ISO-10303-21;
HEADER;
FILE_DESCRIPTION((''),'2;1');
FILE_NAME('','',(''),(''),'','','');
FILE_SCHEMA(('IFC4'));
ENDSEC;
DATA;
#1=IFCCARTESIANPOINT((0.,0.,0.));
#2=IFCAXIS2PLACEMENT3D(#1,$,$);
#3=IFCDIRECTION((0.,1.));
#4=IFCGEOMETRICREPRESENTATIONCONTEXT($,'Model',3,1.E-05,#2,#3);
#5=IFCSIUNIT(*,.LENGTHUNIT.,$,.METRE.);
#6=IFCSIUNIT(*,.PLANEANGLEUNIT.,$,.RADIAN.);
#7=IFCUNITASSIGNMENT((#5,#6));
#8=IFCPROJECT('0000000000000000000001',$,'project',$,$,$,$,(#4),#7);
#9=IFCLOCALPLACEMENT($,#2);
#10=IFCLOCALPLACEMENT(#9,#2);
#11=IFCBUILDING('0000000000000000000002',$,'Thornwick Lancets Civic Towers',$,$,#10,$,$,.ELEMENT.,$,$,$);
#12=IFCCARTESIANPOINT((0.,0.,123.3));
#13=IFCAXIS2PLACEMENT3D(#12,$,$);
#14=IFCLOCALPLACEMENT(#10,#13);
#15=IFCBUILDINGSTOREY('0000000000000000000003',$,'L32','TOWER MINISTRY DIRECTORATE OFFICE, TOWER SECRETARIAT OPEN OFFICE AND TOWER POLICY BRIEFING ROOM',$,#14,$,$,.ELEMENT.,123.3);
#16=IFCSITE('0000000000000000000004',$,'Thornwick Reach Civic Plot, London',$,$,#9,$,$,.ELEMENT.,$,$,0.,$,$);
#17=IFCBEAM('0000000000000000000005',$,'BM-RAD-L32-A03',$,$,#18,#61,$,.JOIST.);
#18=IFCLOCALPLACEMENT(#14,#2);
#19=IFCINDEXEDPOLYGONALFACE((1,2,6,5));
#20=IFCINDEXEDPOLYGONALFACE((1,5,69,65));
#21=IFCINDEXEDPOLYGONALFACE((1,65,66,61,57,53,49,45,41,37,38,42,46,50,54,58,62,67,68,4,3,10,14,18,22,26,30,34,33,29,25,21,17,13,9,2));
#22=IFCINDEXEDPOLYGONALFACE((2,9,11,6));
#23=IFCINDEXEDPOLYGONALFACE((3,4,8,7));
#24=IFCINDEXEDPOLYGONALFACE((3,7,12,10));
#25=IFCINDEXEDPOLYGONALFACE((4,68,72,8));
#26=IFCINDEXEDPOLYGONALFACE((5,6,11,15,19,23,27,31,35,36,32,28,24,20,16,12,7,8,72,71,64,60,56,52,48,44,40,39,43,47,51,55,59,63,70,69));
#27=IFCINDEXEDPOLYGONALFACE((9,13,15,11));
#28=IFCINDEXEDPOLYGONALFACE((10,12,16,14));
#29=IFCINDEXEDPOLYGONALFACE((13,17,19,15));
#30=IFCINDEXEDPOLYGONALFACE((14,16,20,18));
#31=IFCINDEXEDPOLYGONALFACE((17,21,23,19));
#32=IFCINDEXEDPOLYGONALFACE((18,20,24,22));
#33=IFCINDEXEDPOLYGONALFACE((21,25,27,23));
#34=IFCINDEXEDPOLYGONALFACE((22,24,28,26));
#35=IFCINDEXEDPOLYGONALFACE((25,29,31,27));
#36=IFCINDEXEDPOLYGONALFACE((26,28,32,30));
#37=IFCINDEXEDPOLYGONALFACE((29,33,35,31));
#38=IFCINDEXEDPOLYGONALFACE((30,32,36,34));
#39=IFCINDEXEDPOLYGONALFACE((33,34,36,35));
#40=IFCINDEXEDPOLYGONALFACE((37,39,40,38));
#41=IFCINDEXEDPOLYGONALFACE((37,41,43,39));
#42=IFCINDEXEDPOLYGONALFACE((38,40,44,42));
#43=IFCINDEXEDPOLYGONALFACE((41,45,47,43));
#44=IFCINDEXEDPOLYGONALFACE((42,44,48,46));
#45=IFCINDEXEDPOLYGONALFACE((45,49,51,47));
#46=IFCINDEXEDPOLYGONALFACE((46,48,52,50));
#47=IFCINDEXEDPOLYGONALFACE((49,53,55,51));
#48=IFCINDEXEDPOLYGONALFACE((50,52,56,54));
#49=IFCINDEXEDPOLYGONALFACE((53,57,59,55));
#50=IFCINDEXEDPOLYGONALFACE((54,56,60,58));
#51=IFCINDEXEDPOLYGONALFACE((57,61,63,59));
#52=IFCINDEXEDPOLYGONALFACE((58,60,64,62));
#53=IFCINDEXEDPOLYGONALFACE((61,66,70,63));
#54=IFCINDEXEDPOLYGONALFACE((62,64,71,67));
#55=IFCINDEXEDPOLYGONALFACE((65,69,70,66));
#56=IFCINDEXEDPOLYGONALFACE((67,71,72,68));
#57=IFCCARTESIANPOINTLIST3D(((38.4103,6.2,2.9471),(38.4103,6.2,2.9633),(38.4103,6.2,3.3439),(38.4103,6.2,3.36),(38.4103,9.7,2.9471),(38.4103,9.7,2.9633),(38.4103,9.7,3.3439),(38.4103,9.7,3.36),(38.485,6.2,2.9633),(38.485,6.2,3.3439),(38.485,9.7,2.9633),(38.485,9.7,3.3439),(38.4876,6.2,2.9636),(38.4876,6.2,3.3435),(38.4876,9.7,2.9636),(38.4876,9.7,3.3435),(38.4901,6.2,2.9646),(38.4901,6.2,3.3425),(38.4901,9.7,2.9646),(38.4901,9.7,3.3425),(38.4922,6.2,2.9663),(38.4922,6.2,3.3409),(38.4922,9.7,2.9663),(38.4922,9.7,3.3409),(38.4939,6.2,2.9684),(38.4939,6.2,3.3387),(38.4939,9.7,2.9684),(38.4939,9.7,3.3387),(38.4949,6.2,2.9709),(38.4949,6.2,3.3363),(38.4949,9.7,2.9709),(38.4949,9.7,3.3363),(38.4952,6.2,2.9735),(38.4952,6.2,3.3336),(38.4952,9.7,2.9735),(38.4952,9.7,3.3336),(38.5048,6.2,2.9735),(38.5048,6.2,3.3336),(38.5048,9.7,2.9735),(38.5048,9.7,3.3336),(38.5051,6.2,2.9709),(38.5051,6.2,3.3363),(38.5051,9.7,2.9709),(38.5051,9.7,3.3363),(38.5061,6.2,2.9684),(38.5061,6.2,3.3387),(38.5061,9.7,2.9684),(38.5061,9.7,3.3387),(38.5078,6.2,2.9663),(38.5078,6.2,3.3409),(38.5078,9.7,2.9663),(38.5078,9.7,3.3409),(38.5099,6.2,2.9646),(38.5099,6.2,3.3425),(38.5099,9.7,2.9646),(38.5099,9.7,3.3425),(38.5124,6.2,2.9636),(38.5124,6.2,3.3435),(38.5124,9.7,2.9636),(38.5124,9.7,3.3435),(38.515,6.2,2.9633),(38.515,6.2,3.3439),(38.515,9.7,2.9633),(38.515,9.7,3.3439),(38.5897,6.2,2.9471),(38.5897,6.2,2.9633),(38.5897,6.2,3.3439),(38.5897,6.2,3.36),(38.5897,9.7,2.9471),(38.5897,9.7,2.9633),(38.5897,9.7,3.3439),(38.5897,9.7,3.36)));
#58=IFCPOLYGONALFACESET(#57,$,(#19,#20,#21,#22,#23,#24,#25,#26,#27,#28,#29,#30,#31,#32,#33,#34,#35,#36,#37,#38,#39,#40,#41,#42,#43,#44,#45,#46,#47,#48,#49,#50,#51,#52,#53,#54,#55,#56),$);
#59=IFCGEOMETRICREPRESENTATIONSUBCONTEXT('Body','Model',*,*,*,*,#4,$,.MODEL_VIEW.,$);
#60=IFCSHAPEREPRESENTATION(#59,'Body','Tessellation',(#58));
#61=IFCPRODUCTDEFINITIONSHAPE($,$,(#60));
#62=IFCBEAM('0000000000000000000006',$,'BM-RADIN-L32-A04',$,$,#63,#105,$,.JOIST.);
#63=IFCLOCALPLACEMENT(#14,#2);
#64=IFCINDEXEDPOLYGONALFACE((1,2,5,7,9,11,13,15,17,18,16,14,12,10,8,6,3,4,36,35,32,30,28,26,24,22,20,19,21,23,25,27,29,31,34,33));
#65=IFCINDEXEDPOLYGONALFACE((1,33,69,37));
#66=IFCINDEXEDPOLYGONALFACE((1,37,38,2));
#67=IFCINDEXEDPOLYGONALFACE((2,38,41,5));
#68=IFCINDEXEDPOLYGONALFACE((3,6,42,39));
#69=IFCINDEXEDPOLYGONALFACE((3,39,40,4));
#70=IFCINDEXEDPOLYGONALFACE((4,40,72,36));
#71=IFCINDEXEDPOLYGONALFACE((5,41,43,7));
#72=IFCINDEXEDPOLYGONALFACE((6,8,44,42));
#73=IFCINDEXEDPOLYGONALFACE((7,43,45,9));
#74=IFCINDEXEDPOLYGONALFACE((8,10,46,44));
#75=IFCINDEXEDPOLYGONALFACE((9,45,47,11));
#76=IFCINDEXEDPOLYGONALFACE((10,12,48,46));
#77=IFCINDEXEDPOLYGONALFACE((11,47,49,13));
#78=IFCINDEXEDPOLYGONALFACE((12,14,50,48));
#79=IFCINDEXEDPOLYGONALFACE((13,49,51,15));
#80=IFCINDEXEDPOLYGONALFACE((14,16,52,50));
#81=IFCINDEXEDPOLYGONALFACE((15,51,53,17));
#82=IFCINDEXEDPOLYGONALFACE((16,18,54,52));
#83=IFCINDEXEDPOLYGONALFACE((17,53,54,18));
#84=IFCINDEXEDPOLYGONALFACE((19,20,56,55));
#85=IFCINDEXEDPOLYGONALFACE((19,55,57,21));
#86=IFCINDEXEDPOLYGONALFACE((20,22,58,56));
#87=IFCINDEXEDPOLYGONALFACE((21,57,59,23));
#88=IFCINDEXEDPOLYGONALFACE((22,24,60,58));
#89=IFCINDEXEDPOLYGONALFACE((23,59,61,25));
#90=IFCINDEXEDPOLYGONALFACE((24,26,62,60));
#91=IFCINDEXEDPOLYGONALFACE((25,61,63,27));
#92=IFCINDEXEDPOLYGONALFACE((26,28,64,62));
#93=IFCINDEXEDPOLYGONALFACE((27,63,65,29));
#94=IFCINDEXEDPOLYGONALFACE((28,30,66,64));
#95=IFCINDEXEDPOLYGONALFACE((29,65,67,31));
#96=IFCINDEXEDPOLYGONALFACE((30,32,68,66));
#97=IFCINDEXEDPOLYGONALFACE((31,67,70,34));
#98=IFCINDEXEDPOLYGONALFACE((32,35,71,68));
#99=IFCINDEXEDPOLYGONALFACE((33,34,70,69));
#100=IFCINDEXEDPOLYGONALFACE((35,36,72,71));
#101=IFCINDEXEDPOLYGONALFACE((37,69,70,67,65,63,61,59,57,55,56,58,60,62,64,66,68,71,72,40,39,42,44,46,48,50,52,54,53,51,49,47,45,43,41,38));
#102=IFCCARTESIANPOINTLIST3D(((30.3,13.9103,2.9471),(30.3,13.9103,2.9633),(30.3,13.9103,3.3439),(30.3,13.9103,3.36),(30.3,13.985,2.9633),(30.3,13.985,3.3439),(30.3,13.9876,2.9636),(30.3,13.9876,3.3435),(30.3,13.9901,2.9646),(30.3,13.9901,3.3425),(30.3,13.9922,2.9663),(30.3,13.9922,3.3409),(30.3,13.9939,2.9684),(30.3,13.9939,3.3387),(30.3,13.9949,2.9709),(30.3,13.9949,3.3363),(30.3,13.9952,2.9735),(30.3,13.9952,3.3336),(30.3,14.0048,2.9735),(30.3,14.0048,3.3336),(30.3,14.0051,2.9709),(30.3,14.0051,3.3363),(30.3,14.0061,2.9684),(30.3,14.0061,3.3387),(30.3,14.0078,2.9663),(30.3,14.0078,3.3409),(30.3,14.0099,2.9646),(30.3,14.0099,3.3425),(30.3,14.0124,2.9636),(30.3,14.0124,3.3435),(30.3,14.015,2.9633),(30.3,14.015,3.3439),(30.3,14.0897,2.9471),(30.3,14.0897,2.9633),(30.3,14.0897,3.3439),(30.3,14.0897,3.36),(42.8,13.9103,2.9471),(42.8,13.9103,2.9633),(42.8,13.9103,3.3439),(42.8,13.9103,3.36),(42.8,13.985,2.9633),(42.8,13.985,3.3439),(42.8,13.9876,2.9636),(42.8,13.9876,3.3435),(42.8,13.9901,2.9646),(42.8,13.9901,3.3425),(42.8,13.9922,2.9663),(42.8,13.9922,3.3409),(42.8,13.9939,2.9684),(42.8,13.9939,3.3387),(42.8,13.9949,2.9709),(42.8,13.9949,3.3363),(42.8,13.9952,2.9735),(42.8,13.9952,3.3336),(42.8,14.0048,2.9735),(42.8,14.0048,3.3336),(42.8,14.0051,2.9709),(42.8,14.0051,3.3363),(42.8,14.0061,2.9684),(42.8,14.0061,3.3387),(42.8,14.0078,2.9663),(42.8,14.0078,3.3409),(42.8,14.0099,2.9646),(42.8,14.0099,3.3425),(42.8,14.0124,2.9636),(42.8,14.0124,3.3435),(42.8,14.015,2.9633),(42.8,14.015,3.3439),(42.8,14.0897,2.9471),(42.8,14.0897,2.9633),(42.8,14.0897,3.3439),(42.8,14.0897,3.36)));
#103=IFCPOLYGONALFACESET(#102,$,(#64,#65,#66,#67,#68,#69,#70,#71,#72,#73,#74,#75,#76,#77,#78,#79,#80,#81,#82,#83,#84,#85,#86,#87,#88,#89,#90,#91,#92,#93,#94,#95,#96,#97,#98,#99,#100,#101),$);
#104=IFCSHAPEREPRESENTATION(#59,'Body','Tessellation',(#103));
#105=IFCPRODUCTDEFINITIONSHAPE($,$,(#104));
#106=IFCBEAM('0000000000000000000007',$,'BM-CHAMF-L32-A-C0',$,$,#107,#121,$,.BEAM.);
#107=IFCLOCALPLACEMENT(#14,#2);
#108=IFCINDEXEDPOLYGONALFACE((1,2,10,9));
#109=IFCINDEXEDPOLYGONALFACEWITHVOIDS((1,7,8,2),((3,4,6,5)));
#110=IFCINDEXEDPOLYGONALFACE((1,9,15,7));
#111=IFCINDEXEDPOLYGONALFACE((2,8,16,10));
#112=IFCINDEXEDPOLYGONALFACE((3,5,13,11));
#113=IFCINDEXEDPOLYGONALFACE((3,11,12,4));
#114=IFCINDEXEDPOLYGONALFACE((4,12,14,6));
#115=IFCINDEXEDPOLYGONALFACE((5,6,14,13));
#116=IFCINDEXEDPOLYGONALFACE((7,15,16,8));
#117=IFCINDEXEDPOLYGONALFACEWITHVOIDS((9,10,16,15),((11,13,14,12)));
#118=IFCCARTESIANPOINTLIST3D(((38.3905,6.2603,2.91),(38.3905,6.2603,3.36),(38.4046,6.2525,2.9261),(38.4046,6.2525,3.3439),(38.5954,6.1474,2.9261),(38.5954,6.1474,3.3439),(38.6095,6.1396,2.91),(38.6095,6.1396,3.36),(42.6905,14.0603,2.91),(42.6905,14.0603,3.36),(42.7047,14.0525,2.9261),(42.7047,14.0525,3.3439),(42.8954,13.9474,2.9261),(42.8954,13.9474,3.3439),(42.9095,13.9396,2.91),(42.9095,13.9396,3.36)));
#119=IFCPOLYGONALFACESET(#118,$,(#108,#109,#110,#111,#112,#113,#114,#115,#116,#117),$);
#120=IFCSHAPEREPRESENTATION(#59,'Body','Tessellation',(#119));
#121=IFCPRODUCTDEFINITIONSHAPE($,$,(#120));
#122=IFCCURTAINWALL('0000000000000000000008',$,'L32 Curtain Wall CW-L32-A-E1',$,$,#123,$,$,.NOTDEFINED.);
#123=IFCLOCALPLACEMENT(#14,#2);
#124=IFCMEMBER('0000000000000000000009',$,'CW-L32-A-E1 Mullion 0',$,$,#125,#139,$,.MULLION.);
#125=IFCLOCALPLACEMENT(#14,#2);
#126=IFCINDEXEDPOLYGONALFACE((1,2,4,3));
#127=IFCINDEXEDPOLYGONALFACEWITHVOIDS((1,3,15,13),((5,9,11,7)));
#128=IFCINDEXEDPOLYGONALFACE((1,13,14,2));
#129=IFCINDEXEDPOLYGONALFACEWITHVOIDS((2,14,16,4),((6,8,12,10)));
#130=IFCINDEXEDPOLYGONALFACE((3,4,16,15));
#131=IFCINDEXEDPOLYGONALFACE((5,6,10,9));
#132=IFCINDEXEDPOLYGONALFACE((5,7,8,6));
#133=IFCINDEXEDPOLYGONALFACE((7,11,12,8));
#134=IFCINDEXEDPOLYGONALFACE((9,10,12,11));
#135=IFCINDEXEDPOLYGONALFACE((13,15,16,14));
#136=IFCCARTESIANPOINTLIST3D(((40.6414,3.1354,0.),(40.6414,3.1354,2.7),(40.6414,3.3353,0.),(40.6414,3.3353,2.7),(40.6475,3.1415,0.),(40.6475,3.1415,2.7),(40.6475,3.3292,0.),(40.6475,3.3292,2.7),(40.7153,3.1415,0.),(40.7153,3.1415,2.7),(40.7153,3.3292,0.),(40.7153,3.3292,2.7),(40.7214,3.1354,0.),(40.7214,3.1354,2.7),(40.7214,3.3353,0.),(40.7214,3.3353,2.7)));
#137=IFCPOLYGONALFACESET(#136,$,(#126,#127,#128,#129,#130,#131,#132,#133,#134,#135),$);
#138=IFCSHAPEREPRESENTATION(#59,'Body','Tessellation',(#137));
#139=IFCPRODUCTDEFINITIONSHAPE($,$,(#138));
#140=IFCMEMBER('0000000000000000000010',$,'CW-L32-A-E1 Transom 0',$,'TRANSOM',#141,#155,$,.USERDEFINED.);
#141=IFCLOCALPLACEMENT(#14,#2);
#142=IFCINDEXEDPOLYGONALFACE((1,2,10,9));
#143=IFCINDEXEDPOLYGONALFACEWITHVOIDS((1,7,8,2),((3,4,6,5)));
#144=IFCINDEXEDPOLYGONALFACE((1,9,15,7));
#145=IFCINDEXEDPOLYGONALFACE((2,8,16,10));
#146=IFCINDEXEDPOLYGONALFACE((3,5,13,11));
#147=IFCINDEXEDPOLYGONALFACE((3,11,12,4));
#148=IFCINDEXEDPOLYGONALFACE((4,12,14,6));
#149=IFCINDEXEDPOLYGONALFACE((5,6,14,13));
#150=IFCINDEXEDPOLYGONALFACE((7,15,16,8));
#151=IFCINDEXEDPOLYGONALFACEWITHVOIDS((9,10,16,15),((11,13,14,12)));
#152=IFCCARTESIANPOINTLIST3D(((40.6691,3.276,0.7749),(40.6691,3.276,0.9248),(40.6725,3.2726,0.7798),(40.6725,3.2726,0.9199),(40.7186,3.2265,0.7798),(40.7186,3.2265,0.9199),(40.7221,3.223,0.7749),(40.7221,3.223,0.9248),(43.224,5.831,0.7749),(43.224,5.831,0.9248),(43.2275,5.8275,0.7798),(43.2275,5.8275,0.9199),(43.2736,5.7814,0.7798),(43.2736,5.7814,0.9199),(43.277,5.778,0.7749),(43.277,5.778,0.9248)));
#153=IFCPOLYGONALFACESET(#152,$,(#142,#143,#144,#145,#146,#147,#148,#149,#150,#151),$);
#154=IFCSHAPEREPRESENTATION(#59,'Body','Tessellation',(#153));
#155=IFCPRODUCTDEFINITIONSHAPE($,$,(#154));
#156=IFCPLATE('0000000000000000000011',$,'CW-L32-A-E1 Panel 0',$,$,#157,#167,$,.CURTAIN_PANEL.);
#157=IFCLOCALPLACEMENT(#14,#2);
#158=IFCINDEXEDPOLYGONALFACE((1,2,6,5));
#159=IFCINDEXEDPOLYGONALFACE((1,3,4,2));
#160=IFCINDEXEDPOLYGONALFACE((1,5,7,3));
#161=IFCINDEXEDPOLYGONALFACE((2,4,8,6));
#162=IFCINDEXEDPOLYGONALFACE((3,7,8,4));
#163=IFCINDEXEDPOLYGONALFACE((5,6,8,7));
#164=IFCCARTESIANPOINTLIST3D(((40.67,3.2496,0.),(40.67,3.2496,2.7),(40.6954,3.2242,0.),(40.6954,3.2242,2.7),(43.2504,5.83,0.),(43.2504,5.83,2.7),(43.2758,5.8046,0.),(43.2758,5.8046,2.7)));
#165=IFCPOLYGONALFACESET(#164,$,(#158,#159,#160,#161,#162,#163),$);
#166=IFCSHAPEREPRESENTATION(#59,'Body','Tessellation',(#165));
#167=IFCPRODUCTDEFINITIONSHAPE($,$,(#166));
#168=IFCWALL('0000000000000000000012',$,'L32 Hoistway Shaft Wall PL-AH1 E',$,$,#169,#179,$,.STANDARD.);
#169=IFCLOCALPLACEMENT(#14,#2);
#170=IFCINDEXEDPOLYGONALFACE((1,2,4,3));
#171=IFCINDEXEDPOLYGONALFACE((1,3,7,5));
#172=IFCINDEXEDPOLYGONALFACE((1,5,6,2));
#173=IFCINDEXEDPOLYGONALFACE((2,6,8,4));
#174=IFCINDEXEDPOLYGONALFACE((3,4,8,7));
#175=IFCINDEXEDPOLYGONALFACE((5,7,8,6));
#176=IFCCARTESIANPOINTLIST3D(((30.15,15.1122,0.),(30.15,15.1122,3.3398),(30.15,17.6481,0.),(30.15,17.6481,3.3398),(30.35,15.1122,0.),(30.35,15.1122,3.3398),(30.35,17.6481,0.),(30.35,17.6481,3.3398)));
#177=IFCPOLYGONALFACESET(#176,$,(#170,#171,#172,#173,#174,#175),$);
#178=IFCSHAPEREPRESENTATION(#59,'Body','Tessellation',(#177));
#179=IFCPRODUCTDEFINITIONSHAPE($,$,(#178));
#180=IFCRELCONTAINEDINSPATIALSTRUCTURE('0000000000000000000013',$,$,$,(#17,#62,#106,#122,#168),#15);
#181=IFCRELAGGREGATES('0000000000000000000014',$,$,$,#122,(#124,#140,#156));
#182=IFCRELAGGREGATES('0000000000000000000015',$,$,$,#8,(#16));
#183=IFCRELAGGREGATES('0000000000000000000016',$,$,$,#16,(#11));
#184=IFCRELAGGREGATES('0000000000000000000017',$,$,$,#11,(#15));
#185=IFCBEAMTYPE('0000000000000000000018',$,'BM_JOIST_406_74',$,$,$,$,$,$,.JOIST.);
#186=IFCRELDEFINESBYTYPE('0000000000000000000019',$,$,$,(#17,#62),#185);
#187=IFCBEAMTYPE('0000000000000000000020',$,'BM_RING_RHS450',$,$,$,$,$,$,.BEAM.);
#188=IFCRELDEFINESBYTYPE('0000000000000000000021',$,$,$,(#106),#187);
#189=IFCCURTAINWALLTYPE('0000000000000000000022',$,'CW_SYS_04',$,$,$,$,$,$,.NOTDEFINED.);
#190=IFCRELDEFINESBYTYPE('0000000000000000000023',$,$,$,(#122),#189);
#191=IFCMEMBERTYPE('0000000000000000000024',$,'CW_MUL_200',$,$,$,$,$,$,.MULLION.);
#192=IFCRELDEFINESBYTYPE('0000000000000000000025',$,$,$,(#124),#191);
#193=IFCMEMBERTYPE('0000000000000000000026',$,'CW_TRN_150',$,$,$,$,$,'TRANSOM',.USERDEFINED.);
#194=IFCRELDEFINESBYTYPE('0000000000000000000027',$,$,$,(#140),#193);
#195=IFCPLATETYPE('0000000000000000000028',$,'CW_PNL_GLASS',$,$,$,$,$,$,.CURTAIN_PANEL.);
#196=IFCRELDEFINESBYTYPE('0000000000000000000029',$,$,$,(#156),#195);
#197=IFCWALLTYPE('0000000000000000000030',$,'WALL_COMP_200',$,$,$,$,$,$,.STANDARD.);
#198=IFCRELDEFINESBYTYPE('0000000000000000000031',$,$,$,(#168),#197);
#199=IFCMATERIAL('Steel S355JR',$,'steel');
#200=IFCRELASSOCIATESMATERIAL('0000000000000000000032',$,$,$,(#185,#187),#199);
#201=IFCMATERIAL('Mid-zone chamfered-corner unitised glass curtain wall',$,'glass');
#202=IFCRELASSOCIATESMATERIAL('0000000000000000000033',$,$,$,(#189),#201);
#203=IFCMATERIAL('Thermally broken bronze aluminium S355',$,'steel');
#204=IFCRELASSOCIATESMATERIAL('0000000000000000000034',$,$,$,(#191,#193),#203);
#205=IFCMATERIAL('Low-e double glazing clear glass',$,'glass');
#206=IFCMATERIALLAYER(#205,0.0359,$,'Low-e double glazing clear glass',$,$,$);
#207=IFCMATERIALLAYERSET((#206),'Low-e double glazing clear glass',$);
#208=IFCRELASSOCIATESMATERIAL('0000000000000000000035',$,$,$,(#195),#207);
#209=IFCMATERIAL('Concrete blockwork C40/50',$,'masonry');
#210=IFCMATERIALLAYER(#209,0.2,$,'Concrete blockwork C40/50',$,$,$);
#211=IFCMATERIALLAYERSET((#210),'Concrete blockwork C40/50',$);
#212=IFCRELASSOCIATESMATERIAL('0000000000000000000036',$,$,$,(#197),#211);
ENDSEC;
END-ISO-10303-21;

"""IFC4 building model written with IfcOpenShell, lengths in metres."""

from ifc_helpers import new_model, si_unit, direction, frame, frame_2d, origin, origin_2d, place, context, subcontext, project, spatial, rectangle, hollow_rectangle, i_section, extrude, material, layer, layer_set, material_profile, profile_set, type_object, element, aggregate, save


model = new_model("IFC4")

# Units and contexts
model_context = context("Model", 3, precision=1e-05, world=origin(), true_north=direction((0.0, 1.0)))
body_context = subcontext(model_context, "Body", "Model", "MODEL_VIEW")
ifc_project = project(units=[si_unit("LENGTHUNIT", "METRE"), si_unit("PLANEANGLEUNIT", "RADIAN")], contexts=[model_context])

# Site, building, storey
site_placement = place(None, origin())
site = spatial("IfcSite", under=ifc_project, at=site_placement, Name="Thornwick Reach Civic Plot, London", CompositionType="ELEMENT", RefElevation=0.0)
building_placement = place(site_placement, origin())
building = spatial("IfcBuilding", under=site, at=building_placement, Name="Thornwick Lancets Civic Towers", CompositionType="ELEMENT")
storey_placement = place(building_placement, frame((0.0, 0.0, 123.3)))
storey = spatial("IfcBuildingStorey", under=building, at=storey_placement, Name="L32", Description="TOWER MINISTRY DIRECTORATE OFFICE, TOWER SECRETARIAT OPEN OFFICE AND TOWER POLICY BRIEFING ROOM", CompositionType="ELEMENT", Elevation=123.3)

# Beams
ifc_material_1 = material(Name="Steel S355JR", Category="steel")
ifc_material_profile_1 = material_profile(ifc_material_1, i_section(OverallWidth=0.1794, OverallDepth=0.4128, WebThickness=0.0095, FlangeThickness=0.0161, FilletRadius=0.0103, at=origin_2d()), Name="UKB 406x178x74")
ifc_profile_set_1 = profile_set([ifc_material_profile_1], Name="Steel S355JR")
beam_type_1 = type_object("IfcBeamType", Name="BM_JOIST_406_74", PredefinedType="JOIST", material=ifc_profile_set_1)
beam_1_placement = place(storey_placement, frame((38.5, 9.7, 3.1536), z_axis=(0.0, -1.0, 0.0), x_axis=(1.0, 0.0, 0.0)))
element("IfcBeam", 1, at=beam_1_placement, inside=storey, type_object=beam_type_1, Name="BM-RAD-L32-A03", PredefinedType="JOIST", context=body_context, shape_type="SweptSolid", body=[
    extrude(i_section(OverallWidth=0.1794, OverallDepth=0.4128, WebThickness=0.0095, FlangeThickness=0.0161, FilletRadius=0.0103, at=origin_2d()), origin(), (0.0, 0.0, 1.0), 3.5),
])
beam_2_placement = place(storey_placement, frame((30.3, 14.0, 3.1536), z_axis=(1.0, 0.0, 0.0), x_axis=(0.0, 1.0, 0.0)))
element("IfcBeam", 2, at=beam_2_placement, inside=storey, type_object=beam_type_1, Name="BM-RADIN-L32-A04", PredefinedType="JOIST", context=body_context, shape_type="SweptSolid", body=[
    extrude(i_section(OverallWidth=0.1794, OverallDepth=0.4128, WebThickness=0.0095, FlangeThickness=0.0161, FilletRadius=0.0103, at=origin_2d()), origin(), (0.0, 0.0, 1.0), 12.5),
])
ifc_material_profile_2 = material_profile(ifc_material_1, hollow_rectangle(XDim=0.25, YDim=0.45, WallThickness=0.0161, at=origin_2d()), Name="RHS 450x250x16")
ifc_profile_set_2 = profile_set([ifc_material_profile_2], Name="Steel S355JR")
beam_type_2 = type_object("IfcBeamType", Name="BM_RING_RHS450", PredefinedType="BEAM", material=ifc_profile_set_2)
beam_3_placement = place(storey_placement, frame((38.5, 6.2, 3.135), z_axis=(0.482782, 0.87574, 0.0), x_axis=(-0.87574, 0.482782, 0.0)))
element("IfcBeam", 3, at=beam_3_placement, inside=storey, type_object=beam_type_2, Name="BM-CHAMF-L32-A-C0", PredefinedType="BEAM", context=body_context, shape_type="SweptSolid", body=[
    extrude(hollow_rectangle(XDim=0.25, YDim=0.45, WallThickness=0.0161, at=origin_2d()), origin(), (0.0, 0.0, 1.0), 8.9067),
])

# Curtain wall, members, plate
ifc_material_2 = material(Name="Mid-zone chamfered-corner unitised glass curtain wall", Category="glass")
curtain_wall_type = type_object("IfcCurtainWallType", Name="CW_SYS_04", PredefinedType="NOTDEFINED", material=ifc_material_2)
curtain_wall_placement = place(storey_placement, origin())
curtain_wall = element("IfcCurtainWall", 4, at=curtain_wall_placement, inside=storey, type_object=curtain_wall_type, Name="L32 Curtain Wall CW-L32-A-E1", PredefinedType="NOTDEFINED")
ifc_material_3 = material(Name="Thermally broken bronze aluminium S355", Category="steel")
ifc_material_profile_3 = material_profile(ifc_material_3, hollow_rectangle(XDim=0.0801, YDim=0.2, WallThickness=0.0061, at=origin_2d()), Name="RHS 200x80x6")
ifc_profile_set_3 = profile_set([ifc_material_profile_3], Name="Thermally broken bronze aluminium S355")
member_type_1 = type_object("IfcMemberType", Name="CW_MUL_200", PredefinedType="MULLION", material=ifc_profile_set_3)
member_1_placement = place(storey_placement, frame((40.6814, 3.2354, 0.0), z_axis=(0.0, 0.0, 1.0), x_axis=(1.0, 0.0, 0.0)))
member_1 = element("IfcMember", 5, at=member_1_placement, type_object=member_type_1, Name="CW-L32-A-E1 Mullion 0", PredefinedType="MULLION", context=body_context, shape_type="SweptSolid", body=[
    extrude(hollow_rectangle(XDim=0.0801, YDim=0.2, WallThickness=0.0061, at=origin_2d()), origin(), (0.0, 0.0, 1.0), 2.7),
])
ifc_material_profile_4 = material_profile(ifc_material_3, hollow_rectangle(XDim=0.075, YDim=0.1499, WallThickness=0.0049, at=origin_2d()), Name="RHS 150x75x5")
ifc_profile_set_4 = profile_set([ifc_material_profile_4], Name="Thermally broken bronze aluminium S355")
member_type_2 = type_object("IfcMemberType", Name="CW_TRN_150", ElementType="TRANSOM", PredefinedType="USERDEFINED", material=ifc_profile_set_4)
member_2_placement = place(storey_placement, frame((40.6956, 3.2495, 0.8499), z_axis=(0.707107, 0.707107, 0.0), x_axis=(-0.707107, 0.707107, 0.0)))
member_2 = element("IfcMember", 6, at=member_2_placement, type_object=member_type_2, Name="CW-L32-A-E1 Transom 0", ObjectType="TRANSOM", PredefinedType="USERDEFINED", context=body_context, shape_type="SweptSolid", body=[
    extrude(hollow_rectangle(XDim=0.075, YDim=0.1499, WallThickness=0.0049, at=origin_2d()), origin(), (0.0, 0.0, 1.0), 3.6133),
])
ifc_material_4 = material(Name="Low-e double glazing clear glass", Category="glass")
ifc_layer_1 = layer(ifc_material_4, 0.0359, Name="Low-e double glazing clear glass")
ifc_layer_set_1 = layer_set([ifc_layer_1], Name="Low-e double glazing clear glass")
plate_type = type_object("IfcPlateType", Name="CW_PNL_GLASS", PredefinedType="CURTAIN_PANEL", material=ifc_layer_set_1)
plate_placement = place(storey_placement, frame((41.9729, 4.5271, 0.0), z_axis=(0.0, 0.0, 1.0), x_axis=(0.707107, 0.707107, 0.0)))
plate = element("IfcPlate", 7, at=plate_placement, type_object=plate_type, Name="CW-L32-A-E1 Panel 0", PredefinedType="CURTAIN_PANEL", context=body_context, shape_type="SweptSolid", body=[
    extrude(rectangle(XDim=3.6492, YDim=0.0359, at=origin_2d()), origin(), (0.0, 0.0, 1.0), 2.7),
])
aggregate(curtain_wall, [member_1, member_2, plate])

# Wall
ifc_material_5 = material(Name="Concrete blockwork C40/50", Category="masonry")
ifc_layer_2 = layer(ifc_material_5, 0.2, Name="Concrete blockwork C40/50")
ifc_layer_set_2 = layer_set([ifc_layer_2], Name="Concrete blockwork C40/50")
wall_type_1 = type_object("IfcWallType", Name="WALL_COMP_200", PredefinedType="STANDARD", material=ifc_layer_set_2)
wall_1_placement = place(storey_placement, frame((30.25, 15.1121, 0.0), z_axis=(0.0, 0.0, 1.0), x_axis=(0.0, 1.0, 0.0)))
element("IfcWall", 8, at=wall_1_placement, inside=storey, type_object=wall_type_1, Name="L32 Hoistway Shaft Wall PL-AH1 E", PredefinedType="STANDARD", context=body_context, shape_type="SweptSolid", body=[
    extrude(rectangle(XDim=2.5359, YDim=0.2, at=frame_2d((1.2681, 0.0))), origin(), (0.0, 0.0, 1.0), 3.3398),
])

save(model, "model.ifc")
